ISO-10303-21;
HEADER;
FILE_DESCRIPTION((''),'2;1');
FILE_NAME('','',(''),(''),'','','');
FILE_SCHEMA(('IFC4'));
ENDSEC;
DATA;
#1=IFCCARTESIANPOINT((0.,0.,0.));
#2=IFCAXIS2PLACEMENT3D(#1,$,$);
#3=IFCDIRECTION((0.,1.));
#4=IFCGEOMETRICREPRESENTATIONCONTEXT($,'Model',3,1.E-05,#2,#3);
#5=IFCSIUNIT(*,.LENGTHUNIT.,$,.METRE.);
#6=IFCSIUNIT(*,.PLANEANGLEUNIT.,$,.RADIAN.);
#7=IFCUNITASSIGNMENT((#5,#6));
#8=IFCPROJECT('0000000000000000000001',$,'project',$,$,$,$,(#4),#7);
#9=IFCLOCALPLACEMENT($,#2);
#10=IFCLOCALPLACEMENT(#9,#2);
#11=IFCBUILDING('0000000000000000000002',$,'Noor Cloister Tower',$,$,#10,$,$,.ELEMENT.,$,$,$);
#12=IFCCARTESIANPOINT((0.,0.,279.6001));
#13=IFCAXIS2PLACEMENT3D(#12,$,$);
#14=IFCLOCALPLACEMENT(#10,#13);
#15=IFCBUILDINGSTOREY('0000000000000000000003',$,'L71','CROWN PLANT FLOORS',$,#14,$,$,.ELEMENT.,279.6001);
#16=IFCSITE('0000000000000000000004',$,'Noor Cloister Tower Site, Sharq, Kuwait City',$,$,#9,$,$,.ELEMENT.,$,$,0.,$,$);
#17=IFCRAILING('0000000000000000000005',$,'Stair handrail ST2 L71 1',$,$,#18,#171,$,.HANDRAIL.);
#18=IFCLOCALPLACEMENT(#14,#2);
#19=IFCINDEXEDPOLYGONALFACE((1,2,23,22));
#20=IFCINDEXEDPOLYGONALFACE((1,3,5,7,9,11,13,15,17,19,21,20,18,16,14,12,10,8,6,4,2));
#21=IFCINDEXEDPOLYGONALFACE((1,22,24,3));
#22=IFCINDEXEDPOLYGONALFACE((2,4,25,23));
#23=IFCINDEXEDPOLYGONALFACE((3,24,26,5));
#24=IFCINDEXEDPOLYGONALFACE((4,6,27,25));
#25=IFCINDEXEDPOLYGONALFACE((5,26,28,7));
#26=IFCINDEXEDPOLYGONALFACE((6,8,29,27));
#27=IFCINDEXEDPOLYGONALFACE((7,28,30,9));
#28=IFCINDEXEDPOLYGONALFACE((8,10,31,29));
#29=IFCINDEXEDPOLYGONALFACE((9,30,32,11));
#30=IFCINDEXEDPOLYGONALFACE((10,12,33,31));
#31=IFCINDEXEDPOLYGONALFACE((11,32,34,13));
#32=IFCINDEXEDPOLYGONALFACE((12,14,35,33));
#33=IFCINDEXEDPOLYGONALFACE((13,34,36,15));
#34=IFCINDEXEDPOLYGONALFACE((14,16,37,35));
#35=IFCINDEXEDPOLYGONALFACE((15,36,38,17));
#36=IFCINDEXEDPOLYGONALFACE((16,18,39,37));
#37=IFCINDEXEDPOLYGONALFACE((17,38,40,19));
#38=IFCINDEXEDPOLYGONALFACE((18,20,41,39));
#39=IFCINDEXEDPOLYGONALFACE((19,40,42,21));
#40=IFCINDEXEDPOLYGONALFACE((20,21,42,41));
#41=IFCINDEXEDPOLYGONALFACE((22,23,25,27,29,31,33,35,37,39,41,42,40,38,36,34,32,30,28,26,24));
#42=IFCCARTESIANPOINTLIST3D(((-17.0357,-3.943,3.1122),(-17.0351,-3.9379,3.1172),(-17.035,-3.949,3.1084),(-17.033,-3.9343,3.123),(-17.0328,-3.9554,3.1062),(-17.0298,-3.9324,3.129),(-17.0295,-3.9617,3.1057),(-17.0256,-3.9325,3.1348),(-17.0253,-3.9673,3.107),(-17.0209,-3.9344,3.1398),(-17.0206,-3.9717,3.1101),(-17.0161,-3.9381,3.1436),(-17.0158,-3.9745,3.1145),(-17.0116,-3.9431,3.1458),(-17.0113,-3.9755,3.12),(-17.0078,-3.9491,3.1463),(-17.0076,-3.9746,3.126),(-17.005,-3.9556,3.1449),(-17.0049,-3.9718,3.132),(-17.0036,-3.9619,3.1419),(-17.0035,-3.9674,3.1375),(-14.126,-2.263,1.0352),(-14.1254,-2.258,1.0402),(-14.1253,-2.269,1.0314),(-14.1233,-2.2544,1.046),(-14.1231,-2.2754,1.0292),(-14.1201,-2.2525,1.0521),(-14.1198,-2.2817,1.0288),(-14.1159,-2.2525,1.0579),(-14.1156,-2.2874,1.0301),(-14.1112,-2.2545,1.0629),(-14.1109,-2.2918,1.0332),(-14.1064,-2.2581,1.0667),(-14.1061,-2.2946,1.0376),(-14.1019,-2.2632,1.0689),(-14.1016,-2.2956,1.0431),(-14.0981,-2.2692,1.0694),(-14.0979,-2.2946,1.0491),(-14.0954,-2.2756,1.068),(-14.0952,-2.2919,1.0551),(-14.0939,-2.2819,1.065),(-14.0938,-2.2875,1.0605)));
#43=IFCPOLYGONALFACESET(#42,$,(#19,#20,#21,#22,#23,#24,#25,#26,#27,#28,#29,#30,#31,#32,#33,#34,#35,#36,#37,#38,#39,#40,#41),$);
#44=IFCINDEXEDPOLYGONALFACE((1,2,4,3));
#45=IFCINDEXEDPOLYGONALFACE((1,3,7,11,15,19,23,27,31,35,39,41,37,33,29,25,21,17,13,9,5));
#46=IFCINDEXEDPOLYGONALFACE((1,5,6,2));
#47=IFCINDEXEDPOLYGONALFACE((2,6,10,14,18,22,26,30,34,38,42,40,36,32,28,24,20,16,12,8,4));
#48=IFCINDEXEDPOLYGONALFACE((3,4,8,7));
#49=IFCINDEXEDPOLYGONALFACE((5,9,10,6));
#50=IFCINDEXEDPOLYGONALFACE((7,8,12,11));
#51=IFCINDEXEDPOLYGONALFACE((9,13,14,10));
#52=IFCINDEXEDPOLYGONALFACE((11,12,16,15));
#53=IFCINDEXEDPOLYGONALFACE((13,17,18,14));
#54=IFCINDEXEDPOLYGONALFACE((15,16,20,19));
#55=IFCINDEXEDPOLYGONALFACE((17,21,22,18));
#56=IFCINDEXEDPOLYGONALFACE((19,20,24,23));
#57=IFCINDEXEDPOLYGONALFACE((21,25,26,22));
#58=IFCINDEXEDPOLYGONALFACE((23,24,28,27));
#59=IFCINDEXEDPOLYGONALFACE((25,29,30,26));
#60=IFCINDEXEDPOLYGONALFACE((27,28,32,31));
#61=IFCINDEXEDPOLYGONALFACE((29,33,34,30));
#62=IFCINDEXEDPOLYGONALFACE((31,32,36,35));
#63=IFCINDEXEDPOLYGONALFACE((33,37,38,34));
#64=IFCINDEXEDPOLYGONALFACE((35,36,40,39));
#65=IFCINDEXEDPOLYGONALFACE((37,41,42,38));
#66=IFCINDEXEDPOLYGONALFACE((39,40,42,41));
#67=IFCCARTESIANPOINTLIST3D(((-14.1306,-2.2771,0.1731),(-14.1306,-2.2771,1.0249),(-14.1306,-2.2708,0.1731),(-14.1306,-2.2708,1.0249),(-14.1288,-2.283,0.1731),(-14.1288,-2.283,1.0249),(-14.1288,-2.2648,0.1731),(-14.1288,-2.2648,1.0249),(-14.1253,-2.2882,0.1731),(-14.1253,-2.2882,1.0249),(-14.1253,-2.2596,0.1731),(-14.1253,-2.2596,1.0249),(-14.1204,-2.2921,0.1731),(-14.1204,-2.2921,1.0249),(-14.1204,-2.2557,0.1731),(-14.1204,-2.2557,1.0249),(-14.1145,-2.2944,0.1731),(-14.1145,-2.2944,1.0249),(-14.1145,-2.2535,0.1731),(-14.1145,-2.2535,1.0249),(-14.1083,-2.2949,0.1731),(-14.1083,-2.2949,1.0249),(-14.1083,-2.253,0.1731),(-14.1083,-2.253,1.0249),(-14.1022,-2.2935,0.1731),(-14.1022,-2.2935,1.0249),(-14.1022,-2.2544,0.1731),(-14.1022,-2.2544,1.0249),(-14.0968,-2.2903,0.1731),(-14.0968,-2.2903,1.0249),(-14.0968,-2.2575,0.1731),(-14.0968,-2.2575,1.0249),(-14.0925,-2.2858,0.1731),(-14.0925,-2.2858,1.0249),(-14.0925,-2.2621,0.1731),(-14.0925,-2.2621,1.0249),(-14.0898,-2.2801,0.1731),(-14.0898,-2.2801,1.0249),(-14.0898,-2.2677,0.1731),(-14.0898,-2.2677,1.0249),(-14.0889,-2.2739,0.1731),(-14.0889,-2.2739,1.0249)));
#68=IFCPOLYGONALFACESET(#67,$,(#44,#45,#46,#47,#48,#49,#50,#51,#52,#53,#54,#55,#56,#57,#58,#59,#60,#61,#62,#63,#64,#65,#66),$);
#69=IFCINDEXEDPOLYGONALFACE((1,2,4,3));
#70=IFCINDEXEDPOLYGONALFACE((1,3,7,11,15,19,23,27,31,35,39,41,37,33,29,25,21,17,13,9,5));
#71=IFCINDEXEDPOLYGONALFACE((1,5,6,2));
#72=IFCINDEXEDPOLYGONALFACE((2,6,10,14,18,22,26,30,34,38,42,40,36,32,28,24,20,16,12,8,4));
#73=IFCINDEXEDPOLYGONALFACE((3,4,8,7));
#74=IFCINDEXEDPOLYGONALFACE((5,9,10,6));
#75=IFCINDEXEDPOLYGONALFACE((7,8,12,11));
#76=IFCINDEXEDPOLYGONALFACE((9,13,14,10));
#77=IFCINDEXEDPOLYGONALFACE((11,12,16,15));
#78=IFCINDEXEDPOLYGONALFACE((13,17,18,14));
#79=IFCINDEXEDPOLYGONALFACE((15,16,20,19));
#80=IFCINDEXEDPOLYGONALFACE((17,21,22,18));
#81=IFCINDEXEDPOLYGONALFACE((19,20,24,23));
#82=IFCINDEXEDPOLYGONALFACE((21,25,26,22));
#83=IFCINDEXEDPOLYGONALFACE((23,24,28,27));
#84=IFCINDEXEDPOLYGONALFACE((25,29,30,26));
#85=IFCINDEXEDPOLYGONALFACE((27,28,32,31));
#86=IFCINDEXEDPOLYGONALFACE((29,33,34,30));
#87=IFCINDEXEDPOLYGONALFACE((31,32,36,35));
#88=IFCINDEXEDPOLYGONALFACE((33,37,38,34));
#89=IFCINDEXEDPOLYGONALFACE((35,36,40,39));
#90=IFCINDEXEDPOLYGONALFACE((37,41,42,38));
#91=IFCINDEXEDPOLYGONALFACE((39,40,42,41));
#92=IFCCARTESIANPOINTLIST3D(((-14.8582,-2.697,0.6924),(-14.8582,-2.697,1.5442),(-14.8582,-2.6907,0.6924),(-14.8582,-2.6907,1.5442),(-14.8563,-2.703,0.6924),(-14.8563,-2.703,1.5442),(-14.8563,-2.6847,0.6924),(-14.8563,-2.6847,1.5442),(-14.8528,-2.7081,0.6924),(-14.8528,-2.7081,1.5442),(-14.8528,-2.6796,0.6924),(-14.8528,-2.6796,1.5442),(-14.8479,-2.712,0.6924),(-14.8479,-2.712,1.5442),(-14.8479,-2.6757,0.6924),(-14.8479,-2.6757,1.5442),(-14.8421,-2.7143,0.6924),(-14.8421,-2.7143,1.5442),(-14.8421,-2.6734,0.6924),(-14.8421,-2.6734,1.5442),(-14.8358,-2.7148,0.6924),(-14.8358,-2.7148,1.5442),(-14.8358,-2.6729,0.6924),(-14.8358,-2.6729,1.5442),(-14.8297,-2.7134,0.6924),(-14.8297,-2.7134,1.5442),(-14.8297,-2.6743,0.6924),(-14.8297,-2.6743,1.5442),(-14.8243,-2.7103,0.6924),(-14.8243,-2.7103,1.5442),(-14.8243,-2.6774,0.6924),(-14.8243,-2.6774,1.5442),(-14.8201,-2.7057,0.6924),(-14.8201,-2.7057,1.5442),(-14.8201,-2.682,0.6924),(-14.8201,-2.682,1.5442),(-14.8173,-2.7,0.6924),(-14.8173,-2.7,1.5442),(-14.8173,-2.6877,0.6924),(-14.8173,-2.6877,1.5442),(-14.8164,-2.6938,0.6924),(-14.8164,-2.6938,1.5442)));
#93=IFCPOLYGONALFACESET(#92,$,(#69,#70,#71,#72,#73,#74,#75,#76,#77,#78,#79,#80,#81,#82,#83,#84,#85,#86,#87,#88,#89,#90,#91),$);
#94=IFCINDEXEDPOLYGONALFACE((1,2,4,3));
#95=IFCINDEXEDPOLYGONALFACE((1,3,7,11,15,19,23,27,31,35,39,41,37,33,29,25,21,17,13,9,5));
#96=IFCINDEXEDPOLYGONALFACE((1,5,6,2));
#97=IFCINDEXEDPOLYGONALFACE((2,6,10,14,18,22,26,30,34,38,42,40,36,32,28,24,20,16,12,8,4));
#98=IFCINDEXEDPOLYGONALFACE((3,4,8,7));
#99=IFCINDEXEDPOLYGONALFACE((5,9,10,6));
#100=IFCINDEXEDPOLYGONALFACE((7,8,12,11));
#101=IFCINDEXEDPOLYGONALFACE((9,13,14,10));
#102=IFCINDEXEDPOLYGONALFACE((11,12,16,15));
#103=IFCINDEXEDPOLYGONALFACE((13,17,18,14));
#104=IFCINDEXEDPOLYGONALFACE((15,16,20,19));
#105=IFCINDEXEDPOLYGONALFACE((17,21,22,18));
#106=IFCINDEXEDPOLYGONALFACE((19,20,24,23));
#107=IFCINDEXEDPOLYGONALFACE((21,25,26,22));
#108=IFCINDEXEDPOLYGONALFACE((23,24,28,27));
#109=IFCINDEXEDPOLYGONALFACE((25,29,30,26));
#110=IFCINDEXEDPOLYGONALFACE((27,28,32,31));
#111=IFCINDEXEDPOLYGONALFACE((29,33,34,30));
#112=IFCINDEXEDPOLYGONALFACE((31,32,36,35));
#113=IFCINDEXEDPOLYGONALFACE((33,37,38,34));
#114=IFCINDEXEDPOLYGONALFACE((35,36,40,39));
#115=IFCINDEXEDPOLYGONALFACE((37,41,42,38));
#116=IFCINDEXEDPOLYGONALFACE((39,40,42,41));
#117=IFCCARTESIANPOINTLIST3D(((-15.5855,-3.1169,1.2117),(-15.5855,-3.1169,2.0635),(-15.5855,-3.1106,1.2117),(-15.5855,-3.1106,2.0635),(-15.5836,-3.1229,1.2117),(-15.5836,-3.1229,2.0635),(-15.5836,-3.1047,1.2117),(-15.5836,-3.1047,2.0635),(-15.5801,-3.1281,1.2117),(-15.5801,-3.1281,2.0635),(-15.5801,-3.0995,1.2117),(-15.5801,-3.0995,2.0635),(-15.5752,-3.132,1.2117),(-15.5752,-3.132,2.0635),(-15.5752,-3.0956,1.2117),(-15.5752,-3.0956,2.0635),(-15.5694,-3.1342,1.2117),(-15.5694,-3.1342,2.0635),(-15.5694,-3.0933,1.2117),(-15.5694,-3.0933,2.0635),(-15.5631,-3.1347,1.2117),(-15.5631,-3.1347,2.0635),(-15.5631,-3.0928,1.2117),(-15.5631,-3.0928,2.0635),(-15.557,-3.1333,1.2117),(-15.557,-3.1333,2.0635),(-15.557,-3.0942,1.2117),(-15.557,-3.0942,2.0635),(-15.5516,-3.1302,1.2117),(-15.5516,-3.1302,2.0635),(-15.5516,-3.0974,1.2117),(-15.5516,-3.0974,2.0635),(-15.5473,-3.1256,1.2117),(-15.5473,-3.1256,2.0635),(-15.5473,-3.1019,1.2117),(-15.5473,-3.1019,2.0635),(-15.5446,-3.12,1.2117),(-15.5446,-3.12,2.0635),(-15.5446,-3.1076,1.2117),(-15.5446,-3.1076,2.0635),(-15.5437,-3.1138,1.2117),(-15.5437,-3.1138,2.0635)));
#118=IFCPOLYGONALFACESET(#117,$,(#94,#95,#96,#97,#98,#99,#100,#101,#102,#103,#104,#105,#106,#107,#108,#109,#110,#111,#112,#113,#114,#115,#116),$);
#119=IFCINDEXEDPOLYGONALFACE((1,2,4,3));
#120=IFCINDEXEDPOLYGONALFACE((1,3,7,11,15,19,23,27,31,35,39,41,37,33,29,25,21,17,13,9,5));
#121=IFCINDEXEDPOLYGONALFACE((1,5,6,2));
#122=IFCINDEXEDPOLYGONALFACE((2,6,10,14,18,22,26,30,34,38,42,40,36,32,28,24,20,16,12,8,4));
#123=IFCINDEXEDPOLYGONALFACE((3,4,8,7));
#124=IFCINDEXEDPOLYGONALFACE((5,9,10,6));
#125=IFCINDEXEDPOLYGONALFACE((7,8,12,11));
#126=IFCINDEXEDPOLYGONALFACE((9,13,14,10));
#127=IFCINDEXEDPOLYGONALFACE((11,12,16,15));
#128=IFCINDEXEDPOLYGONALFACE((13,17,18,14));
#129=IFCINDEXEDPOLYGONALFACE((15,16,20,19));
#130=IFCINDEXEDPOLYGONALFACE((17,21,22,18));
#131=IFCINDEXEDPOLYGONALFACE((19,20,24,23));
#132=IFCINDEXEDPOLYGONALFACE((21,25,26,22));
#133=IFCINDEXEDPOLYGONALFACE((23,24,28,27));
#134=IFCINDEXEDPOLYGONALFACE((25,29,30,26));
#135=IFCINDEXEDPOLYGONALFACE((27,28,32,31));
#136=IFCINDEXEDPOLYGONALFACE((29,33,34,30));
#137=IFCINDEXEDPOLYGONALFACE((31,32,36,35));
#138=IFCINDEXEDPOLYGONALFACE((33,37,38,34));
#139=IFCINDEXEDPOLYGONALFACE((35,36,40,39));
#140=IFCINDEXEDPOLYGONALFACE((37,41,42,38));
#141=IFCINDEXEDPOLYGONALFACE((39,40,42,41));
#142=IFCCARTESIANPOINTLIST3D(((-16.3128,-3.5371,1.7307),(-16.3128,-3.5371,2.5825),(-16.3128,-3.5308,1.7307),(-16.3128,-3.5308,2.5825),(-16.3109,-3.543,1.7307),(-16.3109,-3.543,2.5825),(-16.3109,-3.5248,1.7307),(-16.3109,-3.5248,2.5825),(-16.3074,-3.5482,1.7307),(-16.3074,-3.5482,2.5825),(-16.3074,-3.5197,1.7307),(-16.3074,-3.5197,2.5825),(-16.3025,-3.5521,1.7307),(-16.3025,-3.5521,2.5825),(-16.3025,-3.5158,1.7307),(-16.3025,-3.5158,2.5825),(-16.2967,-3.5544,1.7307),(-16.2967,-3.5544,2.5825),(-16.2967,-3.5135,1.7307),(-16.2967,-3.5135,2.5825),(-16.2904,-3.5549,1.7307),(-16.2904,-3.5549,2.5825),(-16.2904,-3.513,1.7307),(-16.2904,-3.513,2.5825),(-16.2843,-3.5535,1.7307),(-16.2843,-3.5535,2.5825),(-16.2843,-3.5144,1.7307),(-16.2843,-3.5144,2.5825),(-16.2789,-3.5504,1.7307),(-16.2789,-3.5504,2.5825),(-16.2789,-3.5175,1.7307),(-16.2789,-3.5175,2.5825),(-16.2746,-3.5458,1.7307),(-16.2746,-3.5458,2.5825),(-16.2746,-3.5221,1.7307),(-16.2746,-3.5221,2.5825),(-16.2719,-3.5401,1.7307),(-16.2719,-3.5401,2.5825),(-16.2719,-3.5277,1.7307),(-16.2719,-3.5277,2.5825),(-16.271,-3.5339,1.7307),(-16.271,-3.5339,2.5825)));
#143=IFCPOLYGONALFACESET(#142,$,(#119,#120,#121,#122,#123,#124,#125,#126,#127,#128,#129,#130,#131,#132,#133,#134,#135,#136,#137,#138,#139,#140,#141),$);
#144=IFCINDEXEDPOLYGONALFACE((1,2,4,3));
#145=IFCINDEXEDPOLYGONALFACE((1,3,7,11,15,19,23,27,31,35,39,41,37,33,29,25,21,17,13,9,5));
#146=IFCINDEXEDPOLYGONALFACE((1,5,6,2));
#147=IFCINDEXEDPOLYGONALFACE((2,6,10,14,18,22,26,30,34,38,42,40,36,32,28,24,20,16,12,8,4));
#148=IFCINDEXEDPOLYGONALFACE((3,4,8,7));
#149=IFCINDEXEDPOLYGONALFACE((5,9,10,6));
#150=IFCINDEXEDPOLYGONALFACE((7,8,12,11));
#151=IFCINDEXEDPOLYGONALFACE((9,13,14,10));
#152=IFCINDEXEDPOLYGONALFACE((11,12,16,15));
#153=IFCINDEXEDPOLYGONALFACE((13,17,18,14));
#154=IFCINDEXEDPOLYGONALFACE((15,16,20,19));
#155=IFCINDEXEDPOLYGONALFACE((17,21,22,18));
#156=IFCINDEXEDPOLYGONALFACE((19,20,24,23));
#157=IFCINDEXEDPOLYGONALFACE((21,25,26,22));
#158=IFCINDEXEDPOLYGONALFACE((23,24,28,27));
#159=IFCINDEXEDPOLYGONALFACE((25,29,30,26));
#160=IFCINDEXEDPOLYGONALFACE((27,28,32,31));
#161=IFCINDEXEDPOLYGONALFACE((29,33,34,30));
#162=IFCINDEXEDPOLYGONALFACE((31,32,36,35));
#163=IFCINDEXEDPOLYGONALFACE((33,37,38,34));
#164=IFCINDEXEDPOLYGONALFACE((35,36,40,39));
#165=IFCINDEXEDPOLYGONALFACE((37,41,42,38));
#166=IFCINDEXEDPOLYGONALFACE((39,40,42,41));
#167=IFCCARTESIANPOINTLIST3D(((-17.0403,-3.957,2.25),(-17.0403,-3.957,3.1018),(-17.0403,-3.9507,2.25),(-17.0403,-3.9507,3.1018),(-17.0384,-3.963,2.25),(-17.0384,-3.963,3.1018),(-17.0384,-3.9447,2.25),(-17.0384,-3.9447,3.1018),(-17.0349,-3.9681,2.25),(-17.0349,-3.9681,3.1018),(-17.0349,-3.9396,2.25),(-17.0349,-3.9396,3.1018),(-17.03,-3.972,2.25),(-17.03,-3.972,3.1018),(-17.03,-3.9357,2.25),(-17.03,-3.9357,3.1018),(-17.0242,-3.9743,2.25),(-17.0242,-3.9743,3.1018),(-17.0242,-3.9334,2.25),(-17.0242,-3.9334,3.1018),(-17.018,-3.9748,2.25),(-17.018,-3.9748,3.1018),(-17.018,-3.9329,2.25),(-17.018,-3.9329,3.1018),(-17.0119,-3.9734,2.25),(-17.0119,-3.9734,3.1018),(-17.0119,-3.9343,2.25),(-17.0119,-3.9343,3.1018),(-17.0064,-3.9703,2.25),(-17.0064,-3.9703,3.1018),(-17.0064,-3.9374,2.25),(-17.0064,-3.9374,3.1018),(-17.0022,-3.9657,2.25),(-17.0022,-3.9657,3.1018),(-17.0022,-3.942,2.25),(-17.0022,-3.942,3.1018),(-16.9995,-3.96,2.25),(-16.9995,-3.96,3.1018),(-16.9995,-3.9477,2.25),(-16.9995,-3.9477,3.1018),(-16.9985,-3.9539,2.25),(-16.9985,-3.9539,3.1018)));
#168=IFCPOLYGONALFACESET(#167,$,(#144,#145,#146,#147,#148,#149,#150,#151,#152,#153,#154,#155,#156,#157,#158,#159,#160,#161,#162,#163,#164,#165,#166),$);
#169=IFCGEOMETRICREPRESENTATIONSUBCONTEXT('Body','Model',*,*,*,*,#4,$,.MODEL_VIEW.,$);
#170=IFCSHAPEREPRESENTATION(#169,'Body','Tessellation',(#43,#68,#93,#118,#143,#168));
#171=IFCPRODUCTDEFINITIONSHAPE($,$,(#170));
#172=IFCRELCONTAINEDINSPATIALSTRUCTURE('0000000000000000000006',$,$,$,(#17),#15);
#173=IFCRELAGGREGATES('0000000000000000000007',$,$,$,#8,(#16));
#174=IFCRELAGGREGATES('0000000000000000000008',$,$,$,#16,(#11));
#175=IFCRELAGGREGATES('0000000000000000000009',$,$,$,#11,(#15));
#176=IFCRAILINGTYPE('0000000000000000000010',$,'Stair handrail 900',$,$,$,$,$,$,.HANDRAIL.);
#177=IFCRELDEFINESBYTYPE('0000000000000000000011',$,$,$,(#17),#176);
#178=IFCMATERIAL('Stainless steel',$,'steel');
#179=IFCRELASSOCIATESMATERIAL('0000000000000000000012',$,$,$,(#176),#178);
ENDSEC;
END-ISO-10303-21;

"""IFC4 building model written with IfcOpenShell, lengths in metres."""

from ifc_helpers import new_model, si_unit, direction, frame, origin, origin_2d, place, context, subcontext, project, spatial, circle, extrude, material, type_object, element, save


model = new_model("IFC4")

# Units and contexts
model_context = context("Model", 3, precision=1e-05, world=origin(), true_north=direction((0.0, 1.0)))
body_context = subcontext(model_context, "Body", "Model", "MODEL_VIEW")
ifc_project = project(units=[si_unit("LENGTHUNIT", "METRE"), si_unit("PLANEANGLEUNIT", "RADIAN")], contexts=[model_context])

# Site, building, storey
site_placement = place(None, origin())
site = spatial("IfcSite", under=ifc_project, at=site_placement, Name="Noor Cloister Tower Site, Sharq, Kuwait City", CompositionType="ELEMENT", RefElevation=0.0)
building_placement = place(site_placement, origin())
building = spatial("IfcBuilding", under=site, at=building_placement, Name="Noor Cloister Tower", CompositionType="ELEMENT")
storey_placement = place(building_placement, frame((0.0, 0.0, 279.6001)))
storey = spatial("IfcBuildingStorey", under=building, at=storey_placement, Name="L71", Description="CROWN PLANT FLOORS", CompositionType="ELEMENT", Elevation=279.6001)

# Railing
ifc_material_1 = material(Name="Stainless steel", Category="steel")
railing_type_1 = type_object("IfcRailingType", Name="Stair handrail 900", PredefinedType="HANDRAIL", material=ifc_material_1)
railing_1_placement = place(storey_placement, frame((-14.1099, -2.2739, 0.1731)))
element("IfcRailing", 1, at=railing_1_placement, inside=storey, type_object=railing_type_1, Name="Stair handrail ST2 L71 1", PredefinedType="HANDRAIL", context=body_context, shape_type="SweptSolid", body=[
    extrude(circle(Radius=0.0239, at=origin_2d()), frame((0.0, 0.0, 0.876), z_axis=(-0.73664, -0.425308, 0.525809), x_axis=(0.500008, -0.866021, 0.0)), (0.0, 0.0, 1.0), 3.95),
    extrude(circle(Radius=0.021, at=origin_2d()), origin(), (0.0, 0.0, 1.0), 0.8518),
    extrude(circle(Radius=0.021, at=origin_2d()), frame((-0.7275, -0.4199, 0.5193)), (0.0, 0.0, 1.0), 0.8518),
    extrude(circle(Radius=0.021, at=origin_2d()), frame((-1.4548, -0.8398, 1.0386)), (0.0, 0.0, 1.0), 0.8518),
    extrude(circle(Radius=0.021, at=origin_2d()), frame((-2.1821, -1.26, 1.5576)), (0.0, 0.0, 1.0), 0.8518),
    extrude(circle(Radius=0.021, at=origin_2d()), frame((-2.9097, -1.6799, 2.0769)), (0.0, 0.0, 1.0), 0.8518),
])

save(model, "model.ifc")
